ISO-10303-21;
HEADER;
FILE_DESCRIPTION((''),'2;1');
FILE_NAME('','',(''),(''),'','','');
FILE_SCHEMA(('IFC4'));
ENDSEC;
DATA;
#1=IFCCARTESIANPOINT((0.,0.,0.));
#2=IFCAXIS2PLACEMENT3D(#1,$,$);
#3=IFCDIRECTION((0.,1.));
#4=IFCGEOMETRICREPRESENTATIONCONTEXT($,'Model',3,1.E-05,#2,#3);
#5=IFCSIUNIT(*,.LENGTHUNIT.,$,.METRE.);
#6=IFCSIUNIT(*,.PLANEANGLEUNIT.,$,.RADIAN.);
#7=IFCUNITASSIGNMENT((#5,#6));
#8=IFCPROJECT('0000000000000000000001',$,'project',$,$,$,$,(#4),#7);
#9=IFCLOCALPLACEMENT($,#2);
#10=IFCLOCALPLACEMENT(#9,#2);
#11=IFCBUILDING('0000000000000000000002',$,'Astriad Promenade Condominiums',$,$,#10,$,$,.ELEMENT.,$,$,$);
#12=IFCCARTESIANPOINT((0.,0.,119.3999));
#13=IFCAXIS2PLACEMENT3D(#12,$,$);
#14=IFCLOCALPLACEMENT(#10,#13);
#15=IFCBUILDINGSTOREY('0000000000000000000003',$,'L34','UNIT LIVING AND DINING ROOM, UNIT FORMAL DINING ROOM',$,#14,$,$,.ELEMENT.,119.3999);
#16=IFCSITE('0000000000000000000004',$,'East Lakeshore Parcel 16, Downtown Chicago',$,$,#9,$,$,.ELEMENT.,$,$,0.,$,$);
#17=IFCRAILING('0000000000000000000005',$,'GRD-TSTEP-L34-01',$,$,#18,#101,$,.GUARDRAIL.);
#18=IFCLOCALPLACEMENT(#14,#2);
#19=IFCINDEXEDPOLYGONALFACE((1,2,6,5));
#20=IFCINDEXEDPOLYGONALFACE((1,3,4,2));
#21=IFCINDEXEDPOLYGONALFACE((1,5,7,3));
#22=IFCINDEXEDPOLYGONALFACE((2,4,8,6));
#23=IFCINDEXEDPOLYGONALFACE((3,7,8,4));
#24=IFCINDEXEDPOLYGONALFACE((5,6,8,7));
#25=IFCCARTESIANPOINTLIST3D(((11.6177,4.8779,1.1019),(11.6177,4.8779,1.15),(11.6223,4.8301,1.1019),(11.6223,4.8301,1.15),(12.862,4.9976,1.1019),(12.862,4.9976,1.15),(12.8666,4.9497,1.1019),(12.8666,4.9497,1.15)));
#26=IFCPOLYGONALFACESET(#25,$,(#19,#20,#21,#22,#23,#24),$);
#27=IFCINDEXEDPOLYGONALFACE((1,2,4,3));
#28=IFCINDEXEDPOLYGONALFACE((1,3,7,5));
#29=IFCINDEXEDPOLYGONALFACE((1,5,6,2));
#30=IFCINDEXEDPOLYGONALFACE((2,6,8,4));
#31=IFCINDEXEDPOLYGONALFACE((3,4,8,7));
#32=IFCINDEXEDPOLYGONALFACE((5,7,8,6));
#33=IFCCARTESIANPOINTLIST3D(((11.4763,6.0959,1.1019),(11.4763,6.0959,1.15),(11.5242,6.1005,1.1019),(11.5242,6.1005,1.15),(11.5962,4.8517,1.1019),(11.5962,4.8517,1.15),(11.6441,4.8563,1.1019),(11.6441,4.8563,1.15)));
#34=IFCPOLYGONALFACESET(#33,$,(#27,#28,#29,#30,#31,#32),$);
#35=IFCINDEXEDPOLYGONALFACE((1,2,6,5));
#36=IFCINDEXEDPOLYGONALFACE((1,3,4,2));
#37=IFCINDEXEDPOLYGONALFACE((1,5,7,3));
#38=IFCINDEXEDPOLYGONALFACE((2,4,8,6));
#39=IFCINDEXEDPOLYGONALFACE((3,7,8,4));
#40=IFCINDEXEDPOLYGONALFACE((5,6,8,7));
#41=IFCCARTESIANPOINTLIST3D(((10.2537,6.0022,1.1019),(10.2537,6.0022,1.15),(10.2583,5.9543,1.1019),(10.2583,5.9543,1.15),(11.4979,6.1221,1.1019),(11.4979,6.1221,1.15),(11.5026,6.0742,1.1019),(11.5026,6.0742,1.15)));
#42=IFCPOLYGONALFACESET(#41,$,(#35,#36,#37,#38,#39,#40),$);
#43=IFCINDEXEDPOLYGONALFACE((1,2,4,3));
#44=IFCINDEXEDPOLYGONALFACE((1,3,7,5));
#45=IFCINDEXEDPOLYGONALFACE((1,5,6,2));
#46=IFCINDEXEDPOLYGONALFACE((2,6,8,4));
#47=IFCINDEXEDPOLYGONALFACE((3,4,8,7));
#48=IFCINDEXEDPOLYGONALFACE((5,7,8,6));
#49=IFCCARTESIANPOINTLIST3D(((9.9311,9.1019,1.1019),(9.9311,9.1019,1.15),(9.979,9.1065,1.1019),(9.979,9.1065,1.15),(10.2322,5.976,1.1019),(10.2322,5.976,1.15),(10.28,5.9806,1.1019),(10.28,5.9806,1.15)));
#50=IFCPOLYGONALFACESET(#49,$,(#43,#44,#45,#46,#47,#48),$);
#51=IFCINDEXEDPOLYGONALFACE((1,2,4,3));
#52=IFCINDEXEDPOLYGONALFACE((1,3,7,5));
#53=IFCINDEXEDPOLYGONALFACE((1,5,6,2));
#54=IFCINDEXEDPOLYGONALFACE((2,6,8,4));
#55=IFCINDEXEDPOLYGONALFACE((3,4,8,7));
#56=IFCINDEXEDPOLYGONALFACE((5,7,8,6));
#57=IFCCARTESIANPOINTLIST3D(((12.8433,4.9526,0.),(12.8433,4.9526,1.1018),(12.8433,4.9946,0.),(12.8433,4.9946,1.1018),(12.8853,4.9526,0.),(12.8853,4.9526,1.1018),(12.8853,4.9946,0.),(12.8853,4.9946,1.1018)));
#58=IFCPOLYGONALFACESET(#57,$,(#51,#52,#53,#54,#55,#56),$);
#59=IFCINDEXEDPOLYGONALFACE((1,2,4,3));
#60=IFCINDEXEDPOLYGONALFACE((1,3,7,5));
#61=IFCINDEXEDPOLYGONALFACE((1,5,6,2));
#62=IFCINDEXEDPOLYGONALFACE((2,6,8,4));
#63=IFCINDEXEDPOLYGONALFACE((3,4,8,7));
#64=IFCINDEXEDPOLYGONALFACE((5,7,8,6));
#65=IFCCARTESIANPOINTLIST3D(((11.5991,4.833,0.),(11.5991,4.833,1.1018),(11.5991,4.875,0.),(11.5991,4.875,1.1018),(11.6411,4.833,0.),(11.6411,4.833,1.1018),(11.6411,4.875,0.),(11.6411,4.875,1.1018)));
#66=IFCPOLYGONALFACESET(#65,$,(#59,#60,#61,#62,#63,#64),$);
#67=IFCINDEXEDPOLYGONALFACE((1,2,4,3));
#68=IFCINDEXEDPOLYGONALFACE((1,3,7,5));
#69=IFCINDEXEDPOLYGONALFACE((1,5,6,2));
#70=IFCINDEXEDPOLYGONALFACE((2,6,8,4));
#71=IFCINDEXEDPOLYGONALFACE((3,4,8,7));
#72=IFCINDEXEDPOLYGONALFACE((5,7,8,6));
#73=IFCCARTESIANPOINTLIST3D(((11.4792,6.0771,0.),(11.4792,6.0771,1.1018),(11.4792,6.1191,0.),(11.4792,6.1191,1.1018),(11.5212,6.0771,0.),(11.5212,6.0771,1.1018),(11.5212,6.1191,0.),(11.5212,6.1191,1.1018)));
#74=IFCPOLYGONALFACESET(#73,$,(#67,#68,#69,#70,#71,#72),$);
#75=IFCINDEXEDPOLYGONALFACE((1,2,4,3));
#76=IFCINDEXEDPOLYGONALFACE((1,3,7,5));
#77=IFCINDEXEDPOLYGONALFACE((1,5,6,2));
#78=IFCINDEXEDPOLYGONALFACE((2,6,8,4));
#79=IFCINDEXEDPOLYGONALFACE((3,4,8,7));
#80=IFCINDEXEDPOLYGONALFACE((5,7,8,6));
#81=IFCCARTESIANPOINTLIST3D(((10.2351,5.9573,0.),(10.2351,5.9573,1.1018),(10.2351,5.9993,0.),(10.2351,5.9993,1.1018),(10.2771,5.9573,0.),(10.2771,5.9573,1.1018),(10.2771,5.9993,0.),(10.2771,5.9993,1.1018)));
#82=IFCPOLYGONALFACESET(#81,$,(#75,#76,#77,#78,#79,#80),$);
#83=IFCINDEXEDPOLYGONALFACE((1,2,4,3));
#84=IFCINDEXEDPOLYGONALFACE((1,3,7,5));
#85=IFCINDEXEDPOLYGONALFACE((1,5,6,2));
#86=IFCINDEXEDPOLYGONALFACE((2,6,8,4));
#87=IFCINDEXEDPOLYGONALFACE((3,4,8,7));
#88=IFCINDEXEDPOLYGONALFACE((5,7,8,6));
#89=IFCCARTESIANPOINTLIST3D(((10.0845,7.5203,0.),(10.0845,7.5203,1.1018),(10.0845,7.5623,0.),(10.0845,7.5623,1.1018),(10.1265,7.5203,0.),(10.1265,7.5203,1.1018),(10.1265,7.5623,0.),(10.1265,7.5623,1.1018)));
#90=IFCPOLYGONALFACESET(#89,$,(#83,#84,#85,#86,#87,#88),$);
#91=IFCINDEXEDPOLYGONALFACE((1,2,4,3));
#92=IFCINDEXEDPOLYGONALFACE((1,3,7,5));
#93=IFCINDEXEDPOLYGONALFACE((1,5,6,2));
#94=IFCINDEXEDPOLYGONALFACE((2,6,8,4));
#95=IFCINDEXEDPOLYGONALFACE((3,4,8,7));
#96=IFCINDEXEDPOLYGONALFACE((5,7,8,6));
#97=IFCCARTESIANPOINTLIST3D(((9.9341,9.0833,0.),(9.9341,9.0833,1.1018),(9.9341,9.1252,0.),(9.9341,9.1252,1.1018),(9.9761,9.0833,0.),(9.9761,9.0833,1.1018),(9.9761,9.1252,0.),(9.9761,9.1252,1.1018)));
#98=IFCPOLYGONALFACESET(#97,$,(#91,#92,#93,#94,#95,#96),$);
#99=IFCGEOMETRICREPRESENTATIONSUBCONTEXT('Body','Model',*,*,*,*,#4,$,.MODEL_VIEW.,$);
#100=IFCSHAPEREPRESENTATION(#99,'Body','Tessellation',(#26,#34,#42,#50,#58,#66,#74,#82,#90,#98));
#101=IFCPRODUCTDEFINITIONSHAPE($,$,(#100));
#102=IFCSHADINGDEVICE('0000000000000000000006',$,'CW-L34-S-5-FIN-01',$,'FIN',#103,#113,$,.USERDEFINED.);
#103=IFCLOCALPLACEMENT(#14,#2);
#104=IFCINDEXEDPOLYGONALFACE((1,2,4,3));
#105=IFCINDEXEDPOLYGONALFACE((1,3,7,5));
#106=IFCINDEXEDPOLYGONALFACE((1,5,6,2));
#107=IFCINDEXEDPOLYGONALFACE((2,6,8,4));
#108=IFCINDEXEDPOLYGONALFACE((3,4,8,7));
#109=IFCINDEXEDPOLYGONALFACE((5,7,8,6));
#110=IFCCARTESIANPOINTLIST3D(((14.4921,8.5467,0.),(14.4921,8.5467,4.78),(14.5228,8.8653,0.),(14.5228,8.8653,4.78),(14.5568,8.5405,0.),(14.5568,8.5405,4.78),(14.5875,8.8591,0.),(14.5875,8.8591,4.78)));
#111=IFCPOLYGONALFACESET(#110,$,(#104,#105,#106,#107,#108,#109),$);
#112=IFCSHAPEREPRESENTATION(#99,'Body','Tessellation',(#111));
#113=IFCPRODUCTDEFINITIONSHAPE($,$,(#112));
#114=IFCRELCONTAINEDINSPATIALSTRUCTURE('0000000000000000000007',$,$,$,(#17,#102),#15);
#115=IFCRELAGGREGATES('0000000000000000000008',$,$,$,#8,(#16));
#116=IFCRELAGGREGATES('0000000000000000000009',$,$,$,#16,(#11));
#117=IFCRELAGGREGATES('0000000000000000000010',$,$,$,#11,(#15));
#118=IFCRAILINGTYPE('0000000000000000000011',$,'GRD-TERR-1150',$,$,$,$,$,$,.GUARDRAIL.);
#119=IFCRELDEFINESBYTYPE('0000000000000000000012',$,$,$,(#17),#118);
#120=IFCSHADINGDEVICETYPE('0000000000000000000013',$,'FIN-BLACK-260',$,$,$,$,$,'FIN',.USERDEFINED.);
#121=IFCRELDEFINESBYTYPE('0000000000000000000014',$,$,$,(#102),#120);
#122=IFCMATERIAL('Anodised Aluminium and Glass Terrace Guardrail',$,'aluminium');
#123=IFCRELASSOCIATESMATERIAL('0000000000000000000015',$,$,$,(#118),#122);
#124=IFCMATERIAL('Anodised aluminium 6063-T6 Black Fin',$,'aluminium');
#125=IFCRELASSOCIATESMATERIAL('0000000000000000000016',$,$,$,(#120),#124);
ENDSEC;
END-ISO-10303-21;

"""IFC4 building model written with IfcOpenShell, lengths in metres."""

from ifc_helpers import new_model, si_unit, direction, frame, origin, origin_2d, place, context, subcontext, project, spatial, rectangle, extrude, source, transform, mapped, material, type_object, type_shapes, element, save


model = new_model("IFC4")

# Units and contexts
model_context = context("Model", 3, precision=1e-05, world=origin(), true_north=direction((0.0, 1.0)))
body_context = subcontext(model_context, "Body", "Model", "MODEL_VIEW")
ifc_project = project(units=[si_unit("LENGTHUNIT", "METRE"), si_unit("PLANEANGLEUNIT", "RADIAN")], contexts=[model_context])

# Site, building, storey
site_placement = place(None, origin())
site = spatial("IfcSite", under=ifc_project, at=site_placement, Name="East Lakeshore Parcel 16, Downtown Chicago", CompositionType="ELEMENT", RefElevation=0.0)
building_placement = place(site_placement, origin())
building = spatial("IfcBuilding", under=site, at=building_placement, Name="Astriad Promenade Condominiums", CompositionType="ELEMENT")
storey_placement = place(building_placement, frame((0.0, 0.0, 119.3999)))
storey = spatial("IfcBuildingStorey", under=building, at=storey_placement, Name="L34", Description="UNIT LIVING AND DINING ROOM, UNIT FORMAL DINING ROOM", CompositionType="ELEMENT", Elevation=119.3999)

# Railing
ifc_material_1 = material(Name="Anodised Aluminium and Glass Terrace Guardrail", Category="aluminium")
railing_type = type_object("IfcRailingType", Name="GRD-TERR-1150", PredefinedType="GUARDRAIL", material=ifc_material_1)
shared_shape_1 = source(origin(), body_context, "Body", "SweptSolid", [
    extrude(rectangle(XDim=0.0481, YDim=0.0481, at=origin_2d()), frame((0.0, 0.0, 1.126), z_axis=(-0.995409, -0.095712, 0.0), x_axis=(0.095712, -0.995409, 0.0)), (0.0, 0.0, 1.0), 1.25),
    extrude(rectangle(XDim=0.0481, YDim=0.0481, at=origin_2d()), frame((-1.2441, -0.1196, 1.126), z_axis=(-0.095906, 0.99539, 0.0), x_axis=(-0.99539, -0.095906, 0.0)), (0.0, 0.0, 1.0), 1.25),
    extrude(rectangle(XDim=0.0481, YDim=0.0481, at=origin_2d()), frame((-1.364, 1.1245, 1.126), z_axis=(-0.99539, -0.095906, 0.0), x_axis=(0.095906, -0.99539, 0.0)), (0.0, 0.0, 1.0), 1.25),
    extrude(rectangle(XDim=0.0481, YDim=0.0481, at=origin_2d()), frame((-2.6082, 1.0046, 1.126), z_axis=(-0.095855, 0.995395, 0.0), x_axis=(-0.995395, -0.095855, 0.0)), (0.0, 0.0, 1.0), 3.1404),
    extrude(rectangle(XDim=0.042, YDim=0.042, at=origin_2d()), origin(), (0.0, 0.0, 1.0), 1.1018),
    extrude(rectangle(XDim=0.042, YDim=0.042, at=origin_2d()), frame((-1.2441, -0.1196, 0.0)), (0.0, 0.0, 1.0), 1.1018),
    extrude(rectangle(XDim=0.042, YDim=0.042, at=origin_2d()), frame((-1.364, 1.1245, 0.0)), (0.0, 0.0, 1.0), 1.1018),
    extrude(rectangle(XDim=0.042, YDim=0.042, at=origin_2d()), frame((-2.6082, 1.0046, 0.0)), (0.0, 0.0, 1.0), 1.1018),
    extrude(rectangle(XDim=0.042, YDim=0.042, at=origin_2d()), frame((-2.7588, 2.5676, 0.0)), (0.0, 0.0, 1.0), 1.1018),
    extrude(rectangle(XDim=0.042, YDim=0.042, at=origin_2d()), frame((-2.9092, 4.1306, 0.0)), (0.0, 0.0, 1.0), 1.1018),
])
type_shapes(railing_type, [shared_shape_1])
railing_placement = place(storey_placement, frame((12.8643, 4.9736, 0.0)))
element("IfcRailing", 1, at=railing_placement, inside=storey, type_object=railing_type, Name="GRD-TSTEP-L34-01", PredefinedType="GUARDRAIL", context=body_context, shape_type="MappedRepresentation", body=[
    mapped(shared_shape_1, transform((0.0, 0.0, 0.0), scale=1.0)),
])

# Shading device
ifc_material_2 = material(Name="Anodised aluminium 6063-T6 Black Fin", Category="aluminium")
shading_device_type = type_object("IfcShadingDeviceType", Name="FIN-BLACK-260", ElementType="FIN", PredefinedType="USERDEFINED", material=ifc_material_2)
shared_shape_2 = source(origin(), body_context, "Body", "SweptSolid", [
    extrude(rectangle(XDim=0.0649, YDim=0.3201, at=origin_2d()), origin(), (0.0, 0.0, 1.0), 4.78),
])
type_shapes(shading_device_type, [shared_shape_2])
shading_device_placement = place(storey_placement, frame((14.5398, 8.7029, 0.0), z_axis=(0.0, 0.0, 1.0), x_axis=(-0.995396, 0.095846, 0.0)))
element("IfcShadingDevice", 2, at=shading_device_placement, inside=storey, type_object=shading_device_type, Name="CW-L34-S-5-FIN-01", ObjectType="FIN", PredefinedType="USERDEFINED", context=body_context, shape_type="MappedRepresentation", body=[
    mapped(shared_shape_2, transform((0.0, 0.0, 0.0), scale=1.0)),
])

save(model, "model.ifc")
